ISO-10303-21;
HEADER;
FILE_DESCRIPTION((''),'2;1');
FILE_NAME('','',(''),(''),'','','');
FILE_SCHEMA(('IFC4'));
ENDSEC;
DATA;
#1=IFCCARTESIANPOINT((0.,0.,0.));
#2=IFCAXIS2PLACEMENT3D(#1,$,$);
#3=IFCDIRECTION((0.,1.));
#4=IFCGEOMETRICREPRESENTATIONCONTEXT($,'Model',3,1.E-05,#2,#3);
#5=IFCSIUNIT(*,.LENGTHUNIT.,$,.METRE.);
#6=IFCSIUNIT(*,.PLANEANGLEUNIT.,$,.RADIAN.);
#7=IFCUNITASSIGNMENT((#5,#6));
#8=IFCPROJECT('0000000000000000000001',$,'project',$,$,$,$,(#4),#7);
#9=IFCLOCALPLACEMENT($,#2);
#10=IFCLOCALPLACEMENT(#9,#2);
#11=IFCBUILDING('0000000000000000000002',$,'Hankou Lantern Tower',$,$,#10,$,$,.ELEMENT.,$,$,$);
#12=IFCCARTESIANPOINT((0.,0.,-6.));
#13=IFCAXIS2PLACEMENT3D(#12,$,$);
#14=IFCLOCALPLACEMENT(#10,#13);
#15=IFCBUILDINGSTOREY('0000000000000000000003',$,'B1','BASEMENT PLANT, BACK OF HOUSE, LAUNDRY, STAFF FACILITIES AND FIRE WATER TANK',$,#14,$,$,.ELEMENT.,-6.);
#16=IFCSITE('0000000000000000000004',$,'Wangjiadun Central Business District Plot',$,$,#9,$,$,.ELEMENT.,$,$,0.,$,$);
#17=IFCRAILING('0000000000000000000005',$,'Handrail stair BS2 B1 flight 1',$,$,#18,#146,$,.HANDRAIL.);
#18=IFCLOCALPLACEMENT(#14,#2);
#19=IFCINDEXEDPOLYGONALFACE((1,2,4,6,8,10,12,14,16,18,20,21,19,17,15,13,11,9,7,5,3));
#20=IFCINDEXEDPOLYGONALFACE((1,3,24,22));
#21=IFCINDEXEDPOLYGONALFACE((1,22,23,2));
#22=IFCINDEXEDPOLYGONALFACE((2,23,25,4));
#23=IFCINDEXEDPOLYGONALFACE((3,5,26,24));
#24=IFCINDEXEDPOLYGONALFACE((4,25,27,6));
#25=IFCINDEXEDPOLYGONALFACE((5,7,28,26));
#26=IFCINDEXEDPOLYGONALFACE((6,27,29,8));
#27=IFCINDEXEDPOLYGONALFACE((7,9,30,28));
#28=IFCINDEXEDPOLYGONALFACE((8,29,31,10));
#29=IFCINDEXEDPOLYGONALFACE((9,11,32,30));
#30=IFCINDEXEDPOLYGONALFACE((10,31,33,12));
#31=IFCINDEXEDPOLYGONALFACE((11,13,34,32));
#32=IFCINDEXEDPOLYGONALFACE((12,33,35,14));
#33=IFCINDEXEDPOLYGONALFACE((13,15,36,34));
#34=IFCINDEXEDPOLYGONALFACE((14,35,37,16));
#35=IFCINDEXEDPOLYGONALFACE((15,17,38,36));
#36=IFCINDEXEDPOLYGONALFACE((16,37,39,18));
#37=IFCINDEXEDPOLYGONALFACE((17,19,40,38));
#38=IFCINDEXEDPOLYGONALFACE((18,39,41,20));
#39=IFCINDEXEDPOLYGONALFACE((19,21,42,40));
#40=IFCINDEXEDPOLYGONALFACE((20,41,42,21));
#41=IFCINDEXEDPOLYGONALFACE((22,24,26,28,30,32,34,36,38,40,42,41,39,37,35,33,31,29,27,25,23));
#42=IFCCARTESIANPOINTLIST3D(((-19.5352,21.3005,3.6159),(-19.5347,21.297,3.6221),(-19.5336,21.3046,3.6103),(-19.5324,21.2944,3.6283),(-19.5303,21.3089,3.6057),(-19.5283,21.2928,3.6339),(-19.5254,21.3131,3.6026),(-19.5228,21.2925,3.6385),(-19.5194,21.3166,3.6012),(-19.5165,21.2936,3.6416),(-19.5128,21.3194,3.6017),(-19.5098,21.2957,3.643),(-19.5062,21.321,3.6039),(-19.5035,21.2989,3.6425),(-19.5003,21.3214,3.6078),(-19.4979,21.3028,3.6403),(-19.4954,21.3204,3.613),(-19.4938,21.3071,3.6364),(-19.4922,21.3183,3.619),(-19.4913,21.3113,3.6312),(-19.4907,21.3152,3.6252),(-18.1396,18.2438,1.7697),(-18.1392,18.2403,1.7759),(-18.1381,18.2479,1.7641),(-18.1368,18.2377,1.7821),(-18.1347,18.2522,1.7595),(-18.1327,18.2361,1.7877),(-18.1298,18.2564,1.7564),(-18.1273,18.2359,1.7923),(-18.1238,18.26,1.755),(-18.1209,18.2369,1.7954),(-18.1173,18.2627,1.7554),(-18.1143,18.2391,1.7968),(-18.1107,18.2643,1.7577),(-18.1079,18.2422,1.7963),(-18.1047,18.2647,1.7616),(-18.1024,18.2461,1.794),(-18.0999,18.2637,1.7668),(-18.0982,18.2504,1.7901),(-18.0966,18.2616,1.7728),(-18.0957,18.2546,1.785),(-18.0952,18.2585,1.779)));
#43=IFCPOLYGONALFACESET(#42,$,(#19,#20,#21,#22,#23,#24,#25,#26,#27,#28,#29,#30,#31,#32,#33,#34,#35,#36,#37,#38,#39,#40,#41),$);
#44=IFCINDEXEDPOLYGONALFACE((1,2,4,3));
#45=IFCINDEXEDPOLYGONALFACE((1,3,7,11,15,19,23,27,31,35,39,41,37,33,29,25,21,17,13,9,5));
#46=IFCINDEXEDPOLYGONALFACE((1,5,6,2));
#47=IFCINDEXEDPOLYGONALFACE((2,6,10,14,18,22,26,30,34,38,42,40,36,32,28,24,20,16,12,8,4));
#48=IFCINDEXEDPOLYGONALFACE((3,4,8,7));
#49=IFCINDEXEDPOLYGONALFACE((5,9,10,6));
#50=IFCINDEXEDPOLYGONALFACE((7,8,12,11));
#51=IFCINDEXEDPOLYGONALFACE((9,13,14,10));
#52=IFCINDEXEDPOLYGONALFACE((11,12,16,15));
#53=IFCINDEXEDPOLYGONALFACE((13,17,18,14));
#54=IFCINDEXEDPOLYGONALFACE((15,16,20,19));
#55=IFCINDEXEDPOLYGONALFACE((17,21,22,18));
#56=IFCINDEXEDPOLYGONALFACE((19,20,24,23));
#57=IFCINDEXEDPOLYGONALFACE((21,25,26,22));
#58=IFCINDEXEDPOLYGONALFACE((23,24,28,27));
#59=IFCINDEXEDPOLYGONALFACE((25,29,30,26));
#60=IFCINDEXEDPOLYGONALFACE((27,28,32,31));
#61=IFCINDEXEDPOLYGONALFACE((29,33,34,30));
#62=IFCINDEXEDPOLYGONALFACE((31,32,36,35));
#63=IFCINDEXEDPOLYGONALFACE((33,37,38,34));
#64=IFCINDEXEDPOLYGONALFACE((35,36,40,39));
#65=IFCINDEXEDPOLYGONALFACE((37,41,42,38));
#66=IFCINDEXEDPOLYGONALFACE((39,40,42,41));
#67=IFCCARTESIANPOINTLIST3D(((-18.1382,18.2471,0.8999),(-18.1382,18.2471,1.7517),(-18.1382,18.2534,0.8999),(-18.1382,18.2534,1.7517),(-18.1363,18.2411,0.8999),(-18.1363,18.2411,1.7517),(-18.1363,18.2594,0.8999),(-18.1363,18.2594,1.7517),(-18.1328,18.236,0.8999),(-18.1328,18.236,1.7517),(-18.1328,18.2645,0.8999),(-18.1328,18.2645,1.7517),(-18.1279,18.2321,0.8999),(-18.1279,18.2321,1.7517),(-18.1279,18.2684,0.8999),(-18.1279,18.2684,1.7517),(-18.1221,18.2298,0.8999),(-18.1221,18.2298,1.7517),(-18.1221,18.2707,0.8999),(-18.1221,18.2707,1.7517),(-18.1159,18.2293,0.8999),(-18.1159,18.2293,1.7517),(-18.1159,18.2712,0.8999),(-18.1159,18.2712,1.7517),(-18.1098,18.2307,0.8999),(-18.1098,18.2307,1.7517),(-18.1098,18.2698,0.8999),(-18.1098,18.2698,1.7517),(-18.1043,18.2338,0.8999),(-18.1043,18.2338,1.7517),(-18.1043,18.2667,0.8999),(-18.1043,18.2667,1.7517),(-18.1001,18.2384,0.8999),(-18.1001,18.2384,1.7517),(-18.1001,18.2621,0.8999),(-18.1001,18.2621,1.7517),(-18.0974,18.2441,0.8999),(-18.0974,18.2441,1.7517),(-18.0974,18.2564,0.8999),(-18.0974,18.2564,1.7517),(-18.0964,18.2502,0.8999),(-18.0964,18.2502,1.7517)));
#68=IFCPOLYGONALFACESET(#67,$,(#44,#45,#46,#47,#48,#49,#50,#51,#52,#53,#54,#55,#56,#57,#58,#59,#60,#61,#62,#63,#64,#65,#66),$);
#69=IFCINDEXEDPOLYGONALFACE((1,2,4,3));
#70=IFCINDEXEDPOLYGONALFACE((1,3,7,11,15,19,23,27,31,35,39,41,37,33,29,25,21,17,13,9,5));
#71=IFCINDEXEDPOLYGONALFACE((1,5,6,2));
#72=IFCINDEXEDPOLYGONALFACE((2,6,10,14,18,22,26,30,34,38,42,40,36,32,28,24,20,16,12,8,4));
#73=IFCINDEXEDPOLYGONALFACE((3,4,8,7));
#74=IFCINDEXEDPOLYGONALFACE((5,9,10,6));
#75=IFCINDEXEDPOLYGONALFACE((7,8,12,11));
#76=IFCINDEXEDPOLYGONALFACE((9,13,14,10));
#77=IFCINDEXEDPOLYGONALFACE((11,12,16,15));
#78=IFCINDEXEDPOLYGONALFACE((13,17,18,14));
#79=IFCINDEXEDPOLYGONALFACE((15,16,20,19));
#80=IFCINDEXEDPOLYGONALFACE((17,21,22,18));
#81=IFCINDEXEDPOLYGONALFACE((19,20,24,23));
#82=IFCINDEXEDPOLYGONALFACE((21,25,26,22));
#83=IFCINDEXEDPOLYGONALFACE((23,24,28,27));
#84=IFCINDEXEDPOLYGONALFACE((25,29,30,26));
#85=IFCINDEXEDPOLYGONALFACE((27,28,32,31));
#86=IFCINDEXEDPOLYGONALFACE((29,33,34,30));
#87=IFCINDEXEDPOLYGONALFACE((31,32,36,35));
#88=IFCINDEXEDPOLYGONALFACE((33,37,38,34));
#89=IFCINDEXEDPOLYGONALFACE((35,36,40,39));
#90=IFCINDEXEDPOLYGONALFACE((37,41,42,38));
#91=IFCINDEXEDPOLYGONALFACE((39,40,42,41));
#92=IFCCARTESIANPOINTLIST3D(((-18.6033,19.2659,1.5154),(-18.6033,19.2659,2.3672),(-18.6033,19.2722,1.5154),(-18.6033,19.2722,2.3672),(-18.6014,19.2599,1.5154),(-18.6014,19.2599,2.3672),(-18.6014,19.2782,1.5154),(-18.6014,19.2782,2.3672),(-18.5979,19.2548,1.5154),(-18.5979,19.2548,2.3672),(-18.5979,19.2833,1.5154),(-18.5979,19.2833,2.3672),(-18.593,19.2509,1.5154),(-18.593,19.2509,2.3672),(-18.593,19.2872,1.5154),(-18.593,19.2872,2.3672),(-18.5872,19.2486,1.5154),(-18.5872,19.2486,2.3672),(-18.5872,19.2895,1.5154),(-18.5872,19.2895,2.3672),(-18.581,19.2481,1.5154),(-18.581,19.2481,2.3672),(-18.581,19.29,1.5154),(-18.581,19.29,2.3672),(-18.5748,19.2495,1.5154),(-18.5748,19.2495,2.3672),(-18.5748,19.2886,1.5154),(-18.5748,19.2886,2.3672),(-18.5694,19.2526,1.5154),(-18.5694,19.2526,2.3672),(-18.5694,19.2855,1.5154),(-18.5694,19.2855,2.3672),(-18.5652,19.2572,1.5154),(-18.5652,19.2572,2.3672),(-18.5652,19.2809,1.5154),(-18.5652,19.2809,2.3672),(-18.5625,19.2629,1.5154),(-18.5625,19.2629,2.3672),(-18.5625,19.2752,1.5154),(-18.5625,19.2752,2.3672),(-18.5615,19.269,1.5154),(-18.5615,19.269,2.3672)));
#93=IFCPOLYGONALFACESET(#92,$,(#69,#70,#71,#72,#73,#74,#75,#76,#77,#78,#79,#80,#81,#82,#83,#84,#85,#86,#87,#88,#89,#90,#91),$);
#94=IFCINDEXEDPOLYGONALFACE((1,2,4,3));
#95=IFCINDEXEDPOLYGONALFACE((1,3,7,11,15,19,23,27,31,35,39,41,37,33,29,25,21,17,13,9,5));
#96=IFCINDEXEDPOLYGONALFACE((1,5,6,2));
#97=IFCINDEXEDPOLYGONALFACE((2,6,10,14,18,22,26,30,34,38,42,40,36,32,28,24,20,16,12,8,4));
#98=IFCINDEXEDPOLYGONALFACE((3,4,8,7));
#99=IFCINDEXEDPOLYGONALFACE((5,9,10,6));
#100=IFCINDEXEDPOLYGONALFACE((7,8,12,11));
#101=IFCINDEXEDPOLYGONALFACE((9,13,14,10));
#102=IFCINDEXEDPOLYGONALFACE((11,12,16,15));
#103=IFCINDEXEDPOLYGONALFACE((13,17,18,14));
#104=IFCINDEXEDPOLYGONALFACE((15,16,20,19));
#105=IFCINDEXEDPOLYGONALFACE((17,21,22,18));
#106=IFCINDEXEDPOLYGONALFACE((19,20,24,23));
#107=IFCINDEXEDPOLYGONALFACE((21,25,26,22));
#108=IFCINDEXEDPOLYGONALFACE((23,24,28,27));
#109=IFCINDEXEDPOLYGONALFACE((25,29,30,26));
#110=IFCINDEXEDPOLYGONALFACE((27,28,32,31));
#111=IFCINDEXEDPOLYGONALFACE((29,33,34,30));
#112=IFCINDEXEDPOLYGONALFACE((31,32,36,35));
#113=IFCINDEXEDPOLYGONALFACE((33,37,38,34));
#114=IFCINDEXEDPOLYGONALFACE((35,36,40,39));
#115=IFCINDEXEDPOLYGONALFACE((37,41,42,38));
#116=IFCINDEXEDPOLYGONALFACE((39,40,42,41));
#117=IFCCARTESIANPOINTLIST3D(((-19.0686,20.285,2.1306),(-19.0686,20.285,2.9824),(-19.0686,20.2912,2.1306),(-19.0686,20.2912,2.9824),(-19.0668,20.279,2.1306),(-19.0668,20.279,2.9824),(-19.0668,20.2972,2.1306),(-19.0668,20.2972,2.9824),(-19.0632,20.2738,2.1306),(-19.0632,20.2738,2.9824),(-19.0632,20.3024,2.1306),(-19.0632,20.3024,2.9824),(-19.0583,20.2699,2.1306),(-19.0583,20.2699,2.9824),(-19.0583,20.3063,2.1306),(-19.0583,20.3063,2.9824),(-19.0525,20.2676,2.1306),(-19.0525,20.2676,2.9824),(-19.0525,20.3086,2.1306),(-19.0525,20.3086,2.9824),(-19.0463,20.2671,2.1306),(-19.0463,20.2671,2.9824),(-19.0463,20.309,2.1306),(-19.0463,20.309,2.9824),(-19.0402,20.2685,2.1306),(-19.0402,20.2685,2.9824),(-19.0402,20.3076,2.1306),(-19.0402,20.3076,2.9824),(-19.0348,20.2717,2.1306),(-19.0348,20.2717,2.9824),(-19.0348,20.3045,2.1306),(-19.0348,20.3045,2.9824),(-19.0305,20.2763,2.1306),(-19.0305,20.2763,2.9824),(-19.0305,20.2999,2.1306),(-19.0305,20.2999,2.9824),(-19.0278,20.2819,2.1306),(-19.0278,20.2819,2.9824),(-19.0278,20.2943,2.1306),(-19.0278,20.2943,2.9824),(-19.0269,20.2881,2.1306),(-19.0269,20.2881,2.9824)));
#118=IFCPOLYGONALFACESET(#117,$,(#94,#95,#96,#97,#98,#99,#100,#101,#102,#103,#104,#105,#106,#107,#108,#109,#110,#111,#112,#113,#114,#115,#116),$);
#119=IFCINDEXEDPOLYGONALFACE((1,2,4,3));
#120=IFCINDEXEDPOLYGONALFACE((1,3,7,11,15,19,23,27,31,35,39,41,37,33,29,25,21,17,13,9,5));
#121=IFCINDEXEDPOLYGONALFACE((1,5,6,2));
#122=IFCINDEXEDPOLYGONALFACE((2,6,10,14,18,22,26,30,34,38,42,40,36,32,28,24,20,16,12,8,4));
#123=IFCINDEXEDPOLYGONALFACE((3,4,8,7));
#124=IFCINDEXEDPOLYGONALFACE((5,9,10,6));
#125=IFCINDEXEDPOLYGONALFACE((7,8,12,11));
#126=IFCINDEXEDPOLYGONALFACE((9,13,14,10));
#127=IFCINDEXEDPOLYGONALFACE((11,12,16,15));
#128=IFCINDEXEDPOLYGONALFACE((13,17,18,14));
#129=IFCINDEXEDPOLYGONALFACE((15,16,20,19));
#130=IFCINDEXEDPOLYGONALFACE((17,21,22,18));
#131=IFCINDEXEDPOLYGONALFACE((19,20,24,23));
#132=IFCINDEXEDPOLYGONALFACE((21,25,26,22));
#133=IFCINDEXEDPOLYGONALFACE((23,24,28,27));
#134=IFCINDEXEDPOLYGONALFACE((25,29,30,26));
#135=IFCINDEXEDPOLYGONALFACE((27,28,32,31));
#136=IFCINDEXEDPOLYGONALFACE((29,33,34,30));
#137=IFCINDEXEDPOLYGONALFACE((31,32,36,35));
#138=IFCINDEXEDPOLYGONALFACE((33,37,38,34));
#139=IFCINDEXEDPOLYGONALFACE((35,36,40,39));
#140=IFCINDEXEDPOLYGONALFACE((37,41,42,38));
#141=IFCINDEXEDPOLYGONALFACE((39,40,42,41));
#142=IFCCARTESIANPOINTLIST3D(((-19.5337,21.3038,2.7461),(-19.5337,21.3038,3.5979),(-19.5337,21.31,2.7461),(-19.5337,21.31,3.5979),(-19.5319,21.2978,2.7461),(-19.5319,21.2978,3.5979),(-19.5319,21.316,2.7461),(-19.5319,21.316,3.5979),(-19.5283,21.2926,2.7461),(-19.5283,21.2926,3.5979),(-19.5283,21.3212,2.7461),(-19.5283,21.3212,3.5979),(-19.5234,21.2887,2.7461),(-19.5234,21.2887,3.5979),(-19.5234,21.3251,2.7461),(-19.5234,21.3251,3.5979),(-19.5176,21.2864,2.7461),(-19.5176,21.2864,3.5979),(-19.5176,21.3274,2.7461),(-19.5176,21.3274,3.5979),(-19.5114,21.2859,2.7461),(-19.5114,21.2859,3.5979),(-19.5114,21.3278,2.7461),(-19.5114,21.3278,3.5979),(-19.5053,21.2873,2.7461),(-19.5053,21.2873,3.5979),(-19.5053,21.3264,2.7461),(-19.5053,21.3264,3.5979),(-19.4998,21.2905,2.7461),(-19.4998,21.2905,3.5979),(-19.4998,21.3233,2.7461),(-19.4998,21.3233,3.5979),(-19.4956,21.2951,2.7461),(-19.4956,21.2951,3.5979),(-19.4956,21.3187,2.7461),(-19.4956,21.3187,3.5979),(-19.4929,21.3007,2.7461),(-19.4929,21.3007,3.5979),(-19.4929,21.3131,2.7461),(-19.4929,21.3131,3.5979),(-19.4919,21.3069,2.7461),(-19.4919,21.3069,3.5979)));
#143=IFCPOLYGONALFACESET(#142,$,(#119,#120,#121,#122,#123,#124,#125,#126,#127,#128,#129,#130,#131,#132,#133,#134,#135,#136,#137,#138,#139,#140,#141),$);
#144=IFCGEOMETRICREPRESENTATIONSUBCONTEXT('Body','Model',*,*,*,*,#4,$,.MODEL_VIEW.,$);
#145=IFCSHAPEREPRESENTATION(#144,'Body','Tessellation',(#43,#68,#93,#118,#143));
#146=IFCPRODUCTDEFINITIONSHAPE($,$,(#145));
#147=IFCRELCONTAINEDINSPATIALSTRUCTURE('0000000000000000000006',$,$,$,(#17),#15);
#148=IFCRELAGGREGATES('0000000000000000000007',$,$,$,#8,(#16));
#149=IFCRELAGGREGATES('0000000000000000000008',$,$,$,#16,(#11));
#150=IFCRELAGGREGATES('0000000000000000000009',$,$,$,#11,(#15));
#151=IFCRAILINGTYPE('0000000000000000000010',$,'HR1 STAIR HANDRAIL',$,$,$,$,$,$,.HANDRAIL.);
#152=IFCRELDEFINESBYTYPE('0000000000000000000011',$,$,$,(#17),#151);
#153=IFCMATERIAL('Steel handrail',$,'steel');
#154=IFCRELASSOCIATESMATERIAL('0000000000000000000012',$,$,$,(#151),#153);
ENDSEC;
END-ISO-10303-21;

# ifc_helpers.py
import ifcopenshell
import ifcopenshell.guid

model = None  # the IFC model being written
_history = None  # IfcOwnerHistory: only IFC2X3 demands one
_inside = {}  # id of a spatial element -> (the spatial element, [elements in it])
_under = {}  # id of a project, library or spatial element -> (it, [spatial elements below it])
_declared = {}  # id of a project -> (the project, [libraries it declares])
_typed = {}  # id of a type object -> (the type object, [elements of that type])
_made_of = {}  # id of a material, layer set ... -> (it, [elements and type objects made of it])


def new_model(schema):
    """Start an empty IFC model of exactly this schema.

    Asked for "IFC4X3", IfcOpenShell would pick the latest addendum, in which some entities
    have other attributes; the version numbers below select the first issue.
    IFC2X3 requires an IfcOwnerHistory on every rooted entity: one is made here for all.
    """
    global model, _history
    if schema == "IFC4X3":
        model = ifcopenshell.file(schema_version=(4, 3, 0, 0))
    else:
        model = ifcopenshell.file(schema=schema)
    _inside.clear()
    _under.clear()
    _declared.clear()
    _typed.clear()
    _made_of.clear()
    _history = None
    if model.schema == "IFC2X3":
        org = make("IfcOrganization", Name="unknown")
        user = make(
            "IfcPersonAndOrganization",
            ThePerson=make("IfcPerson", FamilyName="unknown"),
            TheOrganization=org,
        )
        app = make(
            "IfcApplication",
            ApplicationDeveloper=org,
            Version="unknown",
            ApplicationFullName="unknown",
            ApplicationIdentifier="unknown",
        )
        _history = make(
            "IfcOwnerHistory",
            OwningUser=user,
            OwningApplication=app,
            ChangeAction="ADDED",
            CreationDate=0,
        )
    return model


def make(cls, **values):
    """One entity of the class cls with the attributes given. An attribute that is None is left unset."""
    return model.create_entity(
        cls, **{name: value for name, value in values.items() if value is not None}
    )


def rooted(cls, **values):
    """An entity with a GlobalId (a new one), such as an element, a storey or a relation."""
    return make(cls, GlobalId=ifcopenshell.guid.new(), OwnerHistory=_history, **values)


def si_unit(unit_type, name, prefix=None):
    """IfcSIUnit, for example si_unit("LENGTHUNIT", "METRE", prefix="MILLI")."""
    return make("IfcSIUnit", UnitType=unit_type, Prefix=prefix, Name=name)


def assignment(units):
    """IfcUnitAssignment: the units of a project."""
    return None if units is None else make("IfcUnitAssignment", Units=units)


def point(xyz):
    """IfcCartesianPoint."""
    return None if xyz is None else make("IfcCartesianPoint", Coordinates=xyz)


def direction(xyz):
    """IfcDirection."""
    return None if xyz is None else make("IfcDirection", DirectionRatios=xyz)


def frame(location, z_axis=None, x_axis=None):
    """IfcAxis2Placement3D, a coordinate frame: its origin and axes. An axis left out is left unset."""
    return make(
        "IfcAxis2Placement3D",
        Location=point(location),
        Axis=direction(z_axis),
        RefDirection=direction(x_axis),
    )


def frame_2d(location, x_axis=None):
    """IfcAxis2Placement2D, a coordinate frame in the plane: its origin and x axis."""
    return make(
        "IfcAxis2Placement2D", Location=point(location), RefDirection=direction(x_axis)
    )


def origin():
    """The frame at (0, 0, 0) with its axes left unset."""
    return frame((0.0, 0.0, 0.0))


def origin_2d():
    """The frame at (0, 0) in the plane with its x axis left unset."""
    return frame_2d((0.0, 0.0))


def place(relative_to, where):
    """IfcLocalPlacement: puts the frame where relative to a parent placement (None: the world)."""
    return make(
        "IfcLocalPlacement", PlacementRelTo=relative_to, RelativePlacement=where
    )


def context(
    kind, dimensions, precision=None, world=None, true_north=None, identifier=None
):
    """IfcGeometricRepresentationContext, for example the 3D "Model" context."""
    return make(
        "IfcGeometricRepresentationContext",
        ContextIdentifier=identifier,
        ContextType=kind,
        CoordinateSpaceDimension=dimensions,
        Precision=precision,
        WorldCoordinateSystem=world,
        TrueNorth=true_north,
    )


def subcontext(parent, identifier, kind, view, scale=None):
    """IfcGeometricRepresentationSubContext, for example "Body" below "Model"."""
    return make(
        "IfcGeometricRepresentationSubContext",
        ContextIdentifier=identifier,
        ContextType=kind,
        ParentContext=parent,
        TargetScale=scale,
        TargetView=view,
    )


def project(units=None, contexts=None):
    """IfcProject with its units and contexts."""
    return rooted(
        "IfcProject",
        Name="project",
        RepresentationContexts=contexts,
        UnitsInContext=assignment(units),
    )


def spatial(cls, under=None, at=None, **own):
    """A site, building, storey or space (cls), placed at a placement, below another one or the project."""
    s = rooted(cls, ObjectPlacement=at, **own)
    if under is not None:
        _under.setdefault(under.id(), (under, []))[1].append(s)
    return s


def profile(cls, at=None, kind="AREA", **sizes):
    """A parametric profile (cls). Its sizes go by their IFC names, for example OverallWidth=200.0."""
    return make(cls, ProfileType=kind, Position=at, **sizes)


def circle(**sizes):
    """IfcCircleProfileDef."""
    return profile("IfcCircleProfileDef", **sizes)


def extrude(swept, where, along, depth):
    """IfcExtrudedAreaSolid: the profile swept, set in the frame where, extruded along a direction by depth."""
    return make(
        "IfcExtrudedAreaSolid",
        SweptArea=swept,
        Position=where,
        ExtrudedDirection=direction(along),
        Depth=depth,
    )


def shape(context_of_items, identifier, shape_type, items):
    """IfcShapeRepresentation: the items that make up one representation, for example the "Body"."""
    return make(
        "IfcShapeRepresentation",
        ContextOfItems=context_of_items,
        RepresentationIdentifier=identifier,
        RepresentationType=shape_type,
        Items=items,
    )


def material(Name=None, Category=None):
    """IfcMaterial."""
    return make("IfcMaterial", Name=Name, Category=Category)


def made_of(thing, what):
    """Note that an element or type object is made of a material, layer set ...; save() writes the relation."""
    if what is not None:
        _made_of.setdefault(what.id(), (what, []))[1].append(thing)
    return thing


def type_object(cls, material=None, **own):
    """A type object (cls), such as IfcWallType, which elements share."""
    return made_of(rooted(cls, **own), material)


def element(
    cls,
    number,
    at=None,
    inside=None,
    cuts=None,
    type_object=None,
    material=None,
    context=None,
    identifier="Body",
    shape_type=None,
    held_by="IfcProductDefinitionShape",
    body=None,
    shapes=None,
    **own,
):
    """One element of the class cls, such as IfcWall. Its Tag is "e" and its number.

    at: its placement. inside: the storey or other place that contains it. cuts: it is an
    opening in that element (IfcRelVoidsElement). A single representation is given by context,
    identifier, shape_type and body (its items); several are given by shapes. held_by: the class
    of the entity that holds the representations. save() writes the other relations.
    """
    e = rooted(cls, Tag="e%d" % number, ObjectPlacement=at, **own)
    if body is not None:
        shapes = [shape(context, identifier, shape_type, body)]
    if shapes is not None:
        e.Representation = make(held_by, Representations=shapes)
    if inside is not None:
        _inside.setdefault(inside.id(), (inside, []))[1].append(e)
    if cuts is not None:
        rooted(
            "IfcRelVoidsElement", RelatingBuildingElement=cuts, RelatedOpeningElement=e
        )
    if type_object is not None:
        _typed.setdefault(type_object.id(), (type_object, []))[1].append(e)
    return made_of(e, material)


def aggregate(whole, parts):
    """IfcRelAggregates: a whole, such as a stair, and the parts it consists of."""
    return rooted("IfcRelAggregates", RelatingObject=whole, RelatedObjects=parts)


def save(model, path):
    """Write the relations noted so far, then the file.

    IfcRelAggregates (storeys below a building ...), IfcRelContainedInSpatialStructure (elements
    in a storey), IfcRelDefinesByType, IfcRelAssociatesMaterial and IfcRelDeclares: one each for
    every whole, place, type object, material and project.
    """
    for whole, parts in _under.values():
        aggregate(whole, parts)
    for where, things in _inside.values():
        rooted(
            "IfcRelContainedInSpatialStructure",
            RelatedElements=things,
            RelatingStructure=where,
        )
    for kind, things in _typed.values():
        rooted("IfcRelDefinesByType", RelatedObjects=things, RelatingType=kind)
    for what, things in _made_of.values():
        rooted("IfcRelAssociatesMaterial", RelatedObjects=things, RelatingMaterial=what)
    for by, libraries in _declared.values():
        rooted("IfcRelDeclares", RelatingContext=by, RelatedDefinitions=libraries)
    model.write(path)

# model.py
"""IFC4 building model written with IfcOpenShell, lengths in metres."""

from ifc_helpers import new_model, si_unit, direction, frame, origin, origin_2d, place, context, subcontext, project, spatial, circle, extrude, material, type_object, element, save


model = new_model("IFC4")

# Units and contexts
model_context = context("Model", 3, precision=1e-05, world=origin(), true_north=direction((0.0, 1.0)))
body_context = subcontext(model_context, "Body", "Model", "MODEL_VIEW")
ifc_project = project(units=[si_unit("LENGTHUNIT", "METRE"), si_unit("PLANEANGLEUNIT", "RADIAN")], contexts=[model_context])

# Site, building, storey
site_placement = place(None, origin())
site = spatial("IfcSite", under=ifc_project, at=site_placement, Name="Wangjiadun Central Business District Plot", CompositionType="ELEMENT", RefElevation=0.0)
building_placement = place(site_placement, origin())
building = spatial("IfcBuilding", under=site, at=building_placement, Name="Hankou Lantern Tower", CompositionType="ELEMENT")
storey_placement = place(building_placement, frame((0.0, 0.0, -6.0)))
storey = spatial("IfcBuildingStorey", under=building, at=storey_placement, Name="B1", Description="BASEMENT PLANT, BACK OF HOUSE, LAUNDRY, STAFF FACILITIES AND FIRE WATER TANK", CompositionType="ELEMENT", Elevation=-6.0)

# Railing
ifc_material_1 = material(Name="Steel handrail", Category="steel")
railing_type = type_object("IfcRailingType", Name="HR1 STAIR HANDRAIL", PredefinedType="HANDRAIL", material=ifc_material_1)
railing_1_placement = place(storey_placement, frame((-18.1174, 18.2502, 0.8999)))
element("IfcRailing", 1, at=railing_1_placement, inside=storey, type_object=railing_type, Name="Handrail stair BS2 B1 flight 1", PredefinedType="HANDRAIL", context=body_context, shape_type="SweptSolid", body=[
    extrude(circle(Radius=0.0239, at=origin_2d()), frame((0.0, 0.0, 0.876), z_axis=(-0.36399, 0.797263, 0.481542), x_axis=(-0.909678, -0.415313, 0.0)), (0.0, 0.0, 1.0), 3.834),
    extrude(circle(Radius=0.021, at=origin_2d()), origin(), (0.0, 0.0, 1.0), 0.8518),
    extrude(circle(Radius=0.021, at=origin_2d()), frame((-0.4651, 1.0188, 0.6155)), (0.0, 0.0, 1.0), 0.8518),
    extrude(circle(Radius=0.021, at=origin_2d()), frame((-0.9304, 2.0378, 1.2307)), (0.0, 0.0, 1.0), 0.8518),
    extrude(circle(Radius=0.021, at=origin_2d()), frame((-1.3955, 3.0566, 1.8462)), (0.0, 0.0, 1.0), 0.8518),
])

save(model, "model.ifc")
